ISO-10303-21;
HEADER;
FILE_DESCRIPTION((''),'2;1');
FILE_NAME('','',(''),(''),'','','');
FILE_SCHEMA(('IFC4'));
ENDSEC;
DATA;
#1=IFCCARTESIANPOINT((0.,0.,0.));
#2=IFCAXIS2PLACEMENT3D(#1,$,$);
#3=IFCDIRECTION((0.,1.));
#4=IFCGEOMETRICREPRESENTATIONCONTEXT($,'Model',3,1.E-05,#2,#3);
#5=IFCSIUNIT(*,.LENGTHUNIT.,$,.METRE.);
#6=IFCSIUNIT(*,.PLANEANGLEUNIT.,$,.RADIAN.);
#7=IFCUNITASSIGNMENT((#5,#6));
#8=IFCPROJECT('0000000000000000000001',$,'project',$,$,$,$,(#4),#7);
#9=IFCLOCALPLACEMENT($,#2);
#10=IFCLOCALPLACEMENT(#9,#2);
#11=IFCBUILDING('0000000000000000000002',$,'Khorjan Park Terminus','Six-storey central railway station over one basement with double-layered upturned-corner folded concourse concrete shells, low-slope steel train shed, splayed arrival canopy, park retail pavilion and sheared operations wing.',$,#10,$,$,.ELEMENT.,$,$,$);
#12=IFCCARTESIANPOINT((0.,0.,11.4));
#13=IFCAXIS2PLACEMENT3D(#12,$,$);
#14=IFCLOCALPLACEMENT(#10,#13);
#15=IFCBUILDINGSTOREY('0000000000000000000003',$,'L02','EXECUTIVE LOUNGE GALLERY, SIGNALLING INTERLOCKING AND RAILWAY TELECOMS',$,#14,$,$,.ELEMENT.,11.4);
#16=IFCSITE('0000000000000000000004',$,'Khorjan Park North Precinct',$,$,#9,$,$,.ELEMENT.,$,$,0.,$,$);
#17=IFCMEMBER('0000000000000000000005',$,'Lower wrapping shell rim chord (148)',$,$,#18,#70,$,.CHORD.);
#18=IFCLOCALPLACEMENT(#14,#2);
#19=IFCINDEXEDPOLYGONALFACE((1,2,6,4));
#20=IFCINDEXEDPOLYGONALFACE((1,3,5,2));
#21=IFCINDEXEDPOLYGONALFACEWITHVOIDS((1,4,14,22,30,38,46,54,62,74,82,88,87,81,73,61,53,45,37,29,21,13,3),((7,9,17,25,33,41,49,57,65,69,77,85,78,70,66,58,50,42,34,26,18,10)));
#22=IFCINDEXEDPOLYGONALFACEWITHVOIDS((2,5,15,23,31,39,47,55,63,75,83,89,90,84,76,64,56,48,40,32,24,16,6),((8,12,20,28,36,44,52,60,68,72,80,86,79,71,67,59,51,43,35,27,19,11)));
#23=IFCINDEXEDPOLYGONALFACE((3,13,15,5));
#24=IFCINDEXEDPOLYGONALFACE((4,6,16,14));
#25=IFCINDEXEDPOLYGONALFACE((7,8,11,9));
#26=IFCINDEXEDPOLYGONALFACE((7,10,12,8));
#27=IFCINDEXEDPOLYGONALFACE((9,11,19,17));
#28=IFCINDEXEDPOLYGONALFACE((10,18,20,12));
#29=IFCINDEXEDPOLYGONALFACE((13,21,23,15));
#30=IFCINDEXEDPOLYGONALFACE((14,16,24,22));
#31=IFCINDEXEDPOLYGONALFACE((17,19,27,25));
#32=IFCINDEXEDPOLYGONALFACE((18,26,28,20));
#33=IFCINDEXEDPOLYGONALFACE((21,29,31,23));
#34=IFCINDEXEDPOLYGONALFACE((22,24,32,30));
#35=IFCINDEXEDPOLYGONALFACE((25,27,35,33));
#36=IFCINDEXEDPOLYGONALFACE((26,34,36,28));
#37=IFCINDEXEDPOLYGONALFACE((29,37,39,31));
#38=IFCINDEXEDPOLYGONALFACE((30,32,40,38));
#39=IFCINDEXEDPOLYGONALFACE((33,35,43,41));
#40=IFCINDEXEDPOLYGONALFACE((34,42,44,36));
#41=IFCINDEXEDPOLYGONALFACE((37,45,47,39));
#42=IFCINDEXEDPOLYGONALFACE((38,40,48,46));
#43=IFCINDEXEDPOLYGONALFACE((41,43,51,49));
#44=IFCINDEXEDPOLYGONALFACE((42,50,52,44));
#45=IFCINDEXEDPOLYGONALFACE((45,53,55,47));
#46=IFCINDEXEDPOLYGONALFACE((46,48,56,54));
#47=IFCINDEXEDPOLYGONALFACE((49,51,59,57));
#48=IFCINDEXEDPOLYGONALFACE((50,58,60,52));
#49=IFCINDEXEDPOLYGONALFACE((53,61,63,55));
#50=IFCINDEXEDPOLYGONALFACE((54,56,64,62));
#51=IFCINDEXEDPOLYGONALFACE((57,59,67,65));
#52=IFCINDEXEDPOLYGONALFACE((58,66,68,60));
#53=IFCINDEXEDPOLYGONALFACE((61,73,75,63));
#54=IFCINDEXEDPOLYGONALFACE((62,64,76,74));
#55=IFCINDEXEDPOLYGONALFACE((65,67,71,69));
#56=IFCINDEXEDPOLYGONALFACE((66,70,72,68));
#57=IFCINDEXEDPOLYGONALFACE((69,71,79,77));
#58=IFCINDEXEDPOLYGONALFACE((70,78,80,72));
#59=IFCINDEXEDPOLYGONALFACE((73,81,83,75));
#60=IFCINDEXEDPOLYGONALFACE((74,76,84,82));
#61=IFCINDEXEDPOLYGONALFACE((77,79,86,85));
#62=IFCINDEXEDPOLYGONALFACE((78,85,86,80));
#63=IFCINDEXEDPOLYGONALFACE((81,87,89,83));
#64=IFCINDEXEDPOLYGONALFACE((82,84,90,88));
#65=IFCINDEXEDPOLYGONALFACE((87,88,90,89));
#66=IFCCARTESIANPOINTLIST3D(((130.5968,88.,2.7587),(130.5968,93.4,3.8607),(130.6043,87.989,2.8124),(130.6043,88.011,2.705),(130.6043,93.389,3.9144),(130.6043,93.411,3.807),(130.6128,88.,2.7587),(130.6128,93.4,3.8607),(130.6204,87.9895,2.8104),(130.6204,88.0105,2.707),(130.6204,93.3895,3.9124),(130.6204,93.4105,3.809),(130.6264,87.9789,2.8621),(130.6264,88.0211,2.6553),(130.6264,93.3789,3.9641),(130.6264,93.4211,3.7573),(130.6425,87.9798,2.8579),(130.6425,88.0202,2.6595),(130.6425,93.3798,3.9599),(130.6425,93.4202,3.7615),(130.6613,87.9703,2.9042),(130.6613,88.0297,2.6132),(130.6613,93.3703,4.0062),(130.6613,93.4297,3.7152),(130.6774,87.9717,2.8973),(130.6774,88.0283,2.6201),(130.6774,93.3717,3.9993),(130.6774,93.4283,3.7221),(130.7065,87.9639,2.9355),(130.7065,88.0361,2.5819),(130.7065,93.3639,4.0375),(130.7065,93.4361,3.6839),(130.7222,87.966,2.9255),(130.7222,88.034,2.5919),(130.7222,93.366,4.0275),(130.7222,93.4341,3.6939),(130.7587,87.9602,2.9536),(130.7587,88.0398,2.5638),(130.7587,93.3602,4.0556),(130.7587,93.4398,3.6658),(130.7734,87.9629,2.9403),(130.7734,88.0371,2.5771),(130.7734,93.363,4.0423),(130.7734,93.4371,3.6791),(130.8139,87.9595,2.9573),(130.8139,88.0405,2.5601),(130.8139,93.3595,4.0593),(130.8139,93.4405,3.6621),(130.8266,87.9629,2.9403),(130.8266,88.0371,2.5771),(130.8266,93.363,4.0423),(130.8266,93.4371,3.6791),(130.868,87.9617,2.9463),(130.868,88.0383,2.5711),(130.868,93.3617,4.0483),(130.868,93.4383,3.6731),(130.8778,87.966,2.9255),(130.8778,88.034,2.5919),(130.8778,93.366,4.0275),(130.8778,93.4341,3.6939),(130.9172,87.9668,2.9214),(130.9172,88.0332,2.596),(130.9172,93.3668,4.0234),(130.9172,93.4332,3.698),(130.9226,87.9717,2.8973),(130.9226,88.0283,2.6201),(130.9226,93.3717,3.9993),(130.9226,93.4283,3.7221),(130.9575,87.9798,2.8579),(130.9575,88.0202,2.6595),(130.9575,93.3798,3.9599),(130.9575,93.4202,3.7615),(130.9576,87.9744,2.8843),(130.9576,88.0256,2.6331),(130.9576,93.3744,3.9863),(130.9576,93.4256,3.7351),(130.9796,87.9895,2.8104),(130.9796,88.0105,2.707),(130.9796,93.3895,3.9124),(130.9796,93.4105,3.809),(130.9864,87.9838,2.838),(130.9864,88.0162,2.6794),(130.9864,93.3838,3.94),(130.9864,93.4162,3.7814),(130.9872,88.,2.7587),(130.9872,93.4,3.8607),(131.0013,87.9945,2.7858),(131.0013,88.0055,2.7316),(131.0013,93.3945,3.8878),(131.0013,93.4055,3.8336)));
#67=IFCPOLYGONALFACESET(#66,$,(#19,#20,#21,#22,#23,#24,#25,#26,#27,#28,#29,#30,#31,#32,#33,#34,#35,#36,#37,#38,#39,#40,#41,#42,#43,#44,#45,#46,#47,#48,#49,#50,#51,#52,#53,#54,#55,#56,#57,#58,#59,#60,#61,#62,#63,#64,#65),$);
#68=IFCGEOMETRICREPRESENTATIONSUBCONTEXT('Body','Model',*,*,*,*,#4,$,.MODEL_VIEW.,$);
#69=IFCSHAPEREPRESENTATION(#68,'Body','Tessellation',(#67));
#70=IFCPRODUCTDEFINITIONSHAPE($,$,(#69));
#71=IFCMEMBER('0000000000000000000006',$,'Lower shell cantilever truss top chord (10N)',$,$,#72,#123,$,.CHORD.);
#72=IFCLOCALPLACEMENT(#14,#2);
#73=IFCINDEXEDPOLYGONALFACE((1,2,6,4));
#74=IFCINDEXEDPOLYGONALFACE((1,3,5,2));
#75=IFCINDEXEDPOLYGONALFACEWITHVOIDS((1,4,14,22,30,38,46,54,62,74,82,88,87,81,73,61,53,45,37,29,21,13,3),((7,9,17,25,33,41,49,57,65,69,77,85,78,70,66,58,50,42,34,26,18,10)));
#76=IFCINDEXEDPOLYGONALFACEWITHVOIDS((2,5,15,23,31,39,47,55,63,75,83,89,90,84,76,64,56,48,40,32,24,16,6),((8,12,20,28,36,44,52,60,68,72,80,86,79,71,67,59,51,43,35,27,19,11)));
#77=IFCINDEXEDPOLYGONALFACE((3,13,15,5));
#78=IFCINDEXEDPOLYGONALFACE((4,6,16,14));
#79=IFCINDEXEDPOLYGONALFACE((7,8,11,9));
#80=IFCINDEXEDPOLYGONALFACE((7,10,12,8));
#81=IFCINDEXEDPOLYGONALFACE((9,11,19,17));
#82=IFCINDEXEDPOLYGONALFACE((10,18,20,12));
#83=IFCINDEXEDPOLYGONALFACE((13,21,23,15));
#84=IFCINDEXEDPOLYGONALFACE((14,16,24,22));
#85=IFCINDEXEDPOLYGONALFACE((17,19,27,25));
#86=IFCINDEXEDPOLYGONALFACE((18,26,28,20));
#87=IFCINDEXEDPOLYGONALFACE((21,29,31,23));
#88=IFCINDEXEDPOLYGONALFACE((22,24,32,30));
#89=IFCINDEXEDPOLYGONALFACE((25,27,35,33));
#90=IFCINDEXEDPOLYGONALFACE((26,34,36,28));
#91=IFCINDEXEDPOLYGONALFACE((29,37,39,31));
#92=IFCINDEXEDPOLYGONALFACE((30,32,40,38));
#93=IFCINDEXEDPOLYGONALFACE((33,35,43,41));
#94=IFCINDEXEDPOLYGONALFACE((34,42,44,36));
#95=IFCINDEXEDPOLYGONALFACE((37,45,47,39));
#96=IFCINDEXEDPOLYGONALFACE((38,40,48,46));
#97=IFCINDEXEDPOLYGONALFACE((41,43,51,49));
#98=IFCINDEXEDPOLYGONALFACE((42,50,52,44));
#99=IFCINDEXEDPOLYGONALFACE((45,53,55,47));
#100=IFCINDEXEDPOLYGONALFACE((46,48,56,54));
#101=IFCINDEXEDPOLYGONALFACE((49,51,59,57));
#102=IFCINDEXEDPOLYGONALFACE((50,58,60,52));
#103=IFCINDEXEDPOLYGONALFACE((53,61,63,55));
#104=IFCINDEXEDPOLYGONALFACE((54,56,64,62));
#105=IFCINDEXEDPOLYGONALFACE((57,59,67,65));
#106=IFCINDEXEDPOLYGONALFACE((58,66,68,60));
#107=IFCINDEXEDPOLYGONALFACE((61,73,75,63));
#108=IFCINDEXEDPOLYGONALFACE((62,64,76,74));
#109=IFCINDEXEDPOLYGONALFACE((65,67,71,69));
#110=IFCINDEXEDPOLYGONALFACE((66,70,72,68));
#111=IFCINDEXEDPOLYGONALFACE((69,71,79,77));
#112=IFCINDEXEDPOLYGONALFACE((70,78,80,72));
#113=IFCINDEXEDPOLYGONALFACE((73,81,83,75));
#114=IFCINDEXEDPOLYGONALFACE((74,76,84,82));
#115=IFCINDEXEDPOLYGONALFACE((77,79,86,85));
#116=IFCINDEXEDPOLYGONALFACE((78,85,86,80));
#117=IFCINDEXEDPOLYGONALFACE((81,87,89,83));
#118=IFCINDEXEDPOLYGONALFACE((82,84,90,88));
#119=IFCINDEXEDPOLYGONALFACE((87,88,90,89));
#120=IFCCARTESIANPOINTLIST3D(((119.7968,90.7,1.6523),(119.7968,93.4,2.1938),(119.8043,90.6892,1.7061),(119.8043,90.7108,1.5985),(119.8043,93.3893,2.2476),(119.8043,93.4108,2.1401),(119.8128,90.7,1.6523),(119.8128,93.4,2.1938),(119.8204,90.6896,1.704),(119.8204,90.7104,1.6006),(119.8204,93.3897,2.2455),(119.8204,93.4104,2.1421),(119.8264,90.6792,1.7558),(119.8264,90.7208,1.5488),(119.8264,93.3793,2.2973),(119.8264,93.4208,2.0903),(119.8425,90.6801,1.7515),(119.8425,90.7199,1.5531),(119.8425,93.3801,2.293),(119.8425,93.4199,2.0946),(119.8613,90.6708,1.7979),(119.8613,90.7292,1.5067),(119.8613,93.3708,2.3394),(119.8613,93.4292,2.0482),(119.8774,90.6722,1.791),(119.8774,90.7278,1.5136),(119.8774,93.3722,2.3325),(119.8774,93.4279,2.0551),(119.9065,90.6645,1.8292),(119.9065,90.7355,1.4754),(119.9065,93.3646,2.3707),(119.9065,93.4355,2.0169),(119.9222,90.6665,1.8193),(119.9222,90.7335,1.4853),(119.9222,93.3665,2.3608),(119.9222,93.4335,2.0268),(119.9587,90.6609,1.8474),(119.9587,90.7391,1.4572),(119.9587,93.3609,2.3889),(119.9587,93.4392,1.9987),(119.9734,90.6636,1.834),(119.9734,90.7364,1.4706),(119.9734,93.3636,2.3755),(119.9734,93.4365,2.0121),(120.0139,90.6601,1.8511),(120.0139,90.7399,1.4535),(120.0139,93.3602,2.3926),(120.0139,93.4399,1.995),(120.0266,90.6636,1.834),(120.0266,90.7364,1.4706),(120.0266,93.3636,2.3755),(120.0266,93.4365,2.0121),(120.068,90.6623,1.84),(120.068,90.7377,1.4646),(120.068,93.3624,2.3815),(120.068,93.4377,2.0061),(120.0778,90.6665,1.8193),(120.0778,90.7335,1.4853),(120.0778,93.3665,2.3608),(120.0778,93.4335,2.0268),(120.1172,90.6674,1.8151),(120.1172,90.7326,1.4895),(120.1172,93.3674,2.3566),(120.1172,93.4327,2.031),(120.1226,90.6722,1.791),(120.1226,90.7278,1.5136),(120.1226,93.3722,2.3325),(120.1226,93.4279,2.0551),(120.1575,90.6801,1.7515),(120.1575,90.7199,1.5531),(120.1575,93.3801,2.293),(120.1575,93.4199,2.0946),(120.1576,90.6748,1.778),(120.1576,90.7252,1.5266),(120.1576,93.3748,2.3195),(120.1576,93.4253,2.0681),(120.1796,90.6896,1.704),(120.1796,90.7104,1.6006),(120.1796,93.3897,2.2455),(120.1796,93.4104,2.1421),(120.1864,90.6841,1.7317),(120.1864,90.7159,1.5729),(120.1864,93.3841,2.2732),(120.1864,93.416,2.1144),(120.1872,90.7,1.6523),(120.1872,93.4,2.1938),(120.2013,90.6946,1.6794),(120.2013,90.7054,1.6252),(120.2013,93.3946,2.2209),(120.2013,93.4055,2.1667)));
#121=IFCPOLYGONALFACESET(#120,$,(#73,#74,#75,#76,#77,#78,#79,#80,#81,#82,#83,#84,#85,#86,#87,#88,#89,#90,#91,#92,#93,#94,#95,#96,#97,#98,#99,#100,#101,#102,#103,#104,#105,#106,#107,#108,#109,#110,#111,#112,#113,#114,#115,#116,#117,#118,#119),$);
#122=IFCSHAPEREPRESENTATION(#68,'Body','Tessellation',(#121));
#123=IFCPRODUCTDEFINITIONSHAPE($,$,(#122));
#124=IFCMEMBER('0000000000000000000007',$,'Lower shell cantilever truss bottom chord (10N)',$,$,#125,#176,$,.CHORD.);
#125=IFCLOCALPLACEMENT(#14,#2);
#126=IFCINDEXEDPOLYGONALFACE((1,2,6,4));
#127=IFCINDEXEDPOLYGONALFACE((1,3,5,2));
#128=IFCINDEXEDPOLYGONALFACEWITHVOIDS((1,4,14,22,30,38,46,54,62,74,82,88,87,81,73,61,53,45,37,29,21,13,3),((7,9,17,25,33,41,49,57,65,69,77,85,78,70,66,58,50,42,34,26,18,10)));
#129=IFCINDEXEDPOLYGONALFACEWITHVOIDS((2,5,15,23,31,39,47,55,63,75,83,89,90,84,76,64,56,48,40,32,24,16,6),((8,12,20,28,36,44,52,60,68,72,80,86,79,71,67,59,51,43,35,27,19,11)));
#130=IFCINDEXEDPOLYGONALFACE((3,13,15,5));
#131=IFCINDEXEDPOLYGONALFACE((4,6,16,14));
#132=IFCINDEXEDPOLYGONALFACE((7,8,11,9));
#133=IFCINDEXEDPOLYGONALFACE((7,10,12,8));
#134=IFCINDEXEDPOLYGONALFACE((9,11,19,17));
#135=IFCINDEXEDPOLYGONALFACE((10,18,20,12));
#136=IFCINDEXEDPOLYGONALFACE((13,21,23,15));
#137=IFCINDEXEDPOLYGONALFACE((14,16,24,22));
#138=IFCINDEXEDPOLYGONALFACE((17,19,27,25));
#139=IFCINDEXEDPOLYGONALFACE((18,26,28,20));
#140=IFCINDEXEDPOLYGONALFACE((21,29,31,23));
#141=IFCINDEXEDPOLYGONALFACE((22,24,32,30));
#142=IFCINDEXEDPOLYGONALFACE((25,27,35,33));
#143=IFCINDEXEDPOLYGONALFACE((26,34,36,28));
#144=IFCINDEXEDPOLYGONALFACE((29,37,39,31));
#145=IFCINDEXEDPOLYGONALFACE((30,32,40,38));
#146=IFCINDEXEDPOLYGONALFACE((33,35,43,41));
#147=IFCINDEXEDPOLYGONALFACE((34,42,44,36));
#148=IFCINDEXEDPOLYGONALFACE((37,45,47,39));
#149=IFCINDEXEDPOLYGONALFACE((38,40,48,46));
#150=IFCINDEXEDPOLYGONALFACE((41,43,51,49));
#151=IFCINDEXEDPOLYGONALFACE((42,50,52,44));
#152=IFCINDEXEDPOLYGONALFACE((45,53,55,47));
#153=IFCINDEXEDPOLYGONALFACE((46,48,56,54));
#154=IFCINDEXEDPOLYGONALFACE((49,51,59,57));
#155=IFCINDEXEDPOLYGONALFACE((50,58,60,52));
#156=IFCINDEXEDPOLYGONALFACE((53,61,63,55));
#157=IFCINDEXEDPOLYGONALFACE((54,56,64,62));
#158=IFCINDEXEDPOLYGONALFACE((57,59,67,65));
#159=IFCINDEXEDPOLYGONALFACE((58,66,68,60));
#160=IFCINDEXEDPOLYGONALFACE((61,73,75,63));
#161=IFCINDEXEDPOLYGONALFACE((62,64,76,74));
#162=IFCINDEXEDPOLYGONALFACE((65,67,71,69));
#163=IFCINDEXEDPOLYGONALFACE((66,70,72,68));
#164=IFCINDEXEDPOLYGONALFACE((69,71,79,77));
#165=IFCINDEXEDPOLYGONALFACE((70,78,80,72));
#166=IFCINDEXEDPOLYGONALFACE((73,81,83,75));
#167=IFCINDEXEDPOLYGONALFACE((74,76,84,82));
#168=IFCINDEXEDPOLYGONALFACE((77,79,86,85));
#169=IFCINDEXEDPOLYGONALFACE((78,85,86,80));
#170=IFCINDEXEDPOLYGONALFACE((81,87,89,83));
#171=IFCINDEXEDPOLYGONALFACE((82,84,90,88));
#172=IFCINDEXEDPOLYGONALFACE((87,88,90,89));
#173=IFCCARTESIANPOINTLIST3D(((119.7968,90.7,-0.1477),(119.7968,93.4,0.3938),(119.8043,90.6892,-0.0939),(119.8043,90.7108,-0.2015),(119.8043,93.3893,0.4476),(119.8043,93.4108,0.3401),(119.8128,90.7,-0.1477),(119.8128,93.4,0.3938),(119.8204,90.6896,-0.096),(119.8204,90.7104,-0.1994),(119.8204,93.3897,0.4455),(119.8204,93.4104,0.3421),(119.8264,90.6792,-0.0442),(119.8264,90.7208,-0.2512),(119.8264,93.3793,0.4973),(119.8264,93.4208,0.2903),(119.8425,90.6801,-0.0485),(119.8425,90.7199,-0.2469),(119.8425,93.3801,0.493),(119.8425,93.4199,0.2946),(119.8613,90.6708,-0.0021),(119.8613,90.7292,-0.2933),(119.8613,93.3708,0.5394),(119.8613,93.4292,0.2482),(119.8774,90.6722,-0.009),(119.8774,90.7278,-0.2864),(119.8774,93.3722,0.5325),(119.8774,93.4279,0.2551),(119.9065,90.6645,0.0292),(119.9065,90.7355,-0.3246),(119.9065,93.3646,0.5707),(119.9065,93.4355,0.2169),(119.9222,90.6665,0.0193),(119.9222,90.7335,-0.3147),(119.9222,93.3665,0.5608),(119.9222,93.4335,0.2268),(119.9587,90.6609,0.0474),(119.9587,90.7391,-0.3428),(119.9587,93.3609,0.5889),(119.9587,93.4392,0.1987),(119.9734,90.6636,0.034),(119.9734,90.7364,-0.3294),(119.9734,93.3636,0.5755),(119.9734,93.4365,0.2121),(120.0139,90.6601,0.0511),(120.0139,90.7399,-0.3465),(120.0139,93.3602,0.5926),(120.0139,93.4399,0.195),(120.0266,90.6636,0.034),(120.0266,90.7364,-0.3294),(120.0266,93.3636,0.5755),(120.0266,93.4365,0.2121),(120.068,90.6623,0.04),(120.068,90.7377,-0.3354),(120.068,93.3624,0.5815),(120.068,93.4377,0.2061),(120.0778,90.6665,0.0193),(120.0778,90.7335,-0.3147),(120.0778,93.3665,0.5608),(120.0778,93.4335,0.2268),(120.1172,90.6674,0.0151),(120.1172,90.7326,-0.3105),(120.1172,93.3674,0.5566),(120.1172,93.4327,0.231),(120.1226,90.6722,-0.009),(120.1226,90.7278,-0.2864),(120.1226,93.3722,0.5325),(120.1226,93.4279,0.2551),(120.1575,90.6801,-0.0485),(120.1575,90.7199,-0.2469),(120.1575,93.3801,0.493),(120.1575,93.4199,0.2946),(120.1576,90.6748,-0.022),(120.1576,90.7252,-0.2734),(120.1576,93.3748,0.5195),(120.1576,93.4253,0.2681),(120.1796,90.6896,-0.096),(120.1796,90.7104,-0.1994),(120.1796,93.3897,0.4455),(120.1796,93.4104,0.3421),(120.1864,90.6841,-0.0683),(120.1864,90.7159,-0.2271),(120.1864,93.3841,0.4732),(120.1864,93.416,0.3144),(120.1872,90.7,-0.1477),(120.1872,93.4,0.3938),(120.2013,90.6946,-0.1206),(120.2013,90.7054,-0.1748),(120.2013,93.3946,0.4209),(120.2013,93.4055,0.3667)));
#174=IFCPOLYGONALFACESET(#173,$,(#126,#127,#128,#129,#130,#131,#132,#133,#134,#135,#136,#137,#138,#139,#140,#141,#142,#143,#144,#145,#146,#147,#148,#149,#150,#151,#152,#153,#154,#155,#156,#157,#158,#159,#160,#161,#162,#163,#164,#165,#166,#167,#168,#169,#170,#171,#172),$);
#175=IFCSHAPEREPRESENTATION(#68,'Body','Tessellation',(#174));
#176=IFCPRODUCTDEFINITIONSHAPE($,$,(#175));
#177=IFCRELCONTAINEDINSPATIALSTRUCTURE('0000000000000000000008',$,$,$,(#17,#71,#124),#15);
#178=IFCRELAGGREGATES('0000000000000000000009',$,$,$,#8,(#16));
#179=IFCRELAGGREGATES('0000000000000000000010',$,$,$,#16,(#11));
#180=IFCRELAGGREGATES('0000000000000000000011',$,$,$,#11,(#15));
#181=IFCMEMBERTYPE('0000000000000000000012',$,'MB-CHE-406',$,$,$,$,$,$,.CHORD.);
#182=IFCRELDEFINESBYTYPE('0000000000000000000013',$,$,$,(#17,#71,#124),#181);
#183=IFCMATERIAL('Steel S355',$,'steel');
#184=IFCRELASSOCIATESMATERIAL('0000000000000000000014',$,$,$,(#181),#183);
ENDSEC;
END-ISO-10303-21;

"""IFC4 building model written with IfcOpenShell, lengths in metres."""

from ifc_helpers import new_model, si_unit, direction, frame, origin, origin_2d, place, context, subcontext, project, spatial, hollow_circle, extrude, material, material_profile, profile_set, type_object, element, save


model = new_model("IFC4")

# Units and contexts
model_context = context("Model", 3, precision=1e-05, world=origin(), true_north=direction((0.0, 1.0)))
body_context = subcontext(model_context, "Body", "Model", "MODEL_VIEW")
ifc_project = project(units=[si_unit("LENGTHUNIT", "METRE"), si_unit("PLANEANGLEUNIT", "RADIAN")], contexts=[model_context])

# Site, building, storey
site_placement = place(None, origin())
site = spatial("IfcSite", under=ifc_project, at=site_placement, Name="Khorjan Park North Precinct", CompositionType="ELEMENT", RefElevation=0.0)
building_placement = place(site_placement, origin())
building = spatial("IfcBuilding", under=site, at=building_placement, Name="Khorjan Park Terminus", Description="Six-storey central railway station over one basement with double-layered upturned-corner folded concourse concrete shells, low-slope steel train shed, splayed arrival canopy, park retail pavilion and sheared operations wing.", CompositionType="ELEMENT")
storey_placement = place(building_placement, frame((0.0, 0.0, 11.4)))
storey = spatial("IfcBuildingStorey", under=building, at=storey_placement, Name="L02", Description="EXECUTIVE LOUNGE GALLERY, SIGNALLING INTERLOCKING AND RAILWAY TELECOMS", CompositionType="ELEMENT", Elevation=11.4)

# Members
ifc_material_1 = material(Name="Steel S355", Category="steel")
ifc_material_profile_1 = material_profile(ifc_material_1, hollow_circle(Radius=0.2032, WallThickness=0.016, at=origin_2d()), Name="CHS 406.4x16")
ifc_profile_set_1 = profile_set([ifc_material_profile_1], Name="Steel S355")
member_type_1 = type_object("IfcMemberType", Name="MB-CHE-406", PredefinedType="CHORD", material=ifc_profile_set_1)
member_1_placement = place(storey_placement, frame((130.8, 88.0, 2.7587), z_axis=(0.0, 0.979806, 0.199953), x_axis=(-1.0, 0.0, 0.0)))
element("IfcMember", 1, at=member_1_placement, inside=storey, type_object=member_type_1, Name="Lower wrapping shell rim chord (148)", PredefinedType="CHORD", context=body_context, shape_type="SweptSolid", body=[
    extrude(hollow_circle(Radius=0.2032, WallThickness=0.016, at=origin_2d()), origin(), (0.0, 0.0, 1.0), 5.5113),
])
for number, where, z_axis, x_axis, name in (
    (2, (120.0, 90.7, 1.6523), (0.0, 0.980476, 0.19664), (-1.0, 0.0, 0.0), "Lower shell cantilever truss top chord (10N)"),
    (3, (120.0, 90.7, -0.1477), (0.0, 0.980476, 0.19664), (-1.0, 0.0, 0.0), "Lower shell cantilever truss bottom chord (10N)"),
):
    element("IfcMember", number, at=place(storey_placement, frame(where, z_axis=z_axis, x_axis=x_axis)), inside=storey, type_object=member_type_1, Name=name, PredefinedType="CHORD", context=body_context, shape_type="SweptSolid", body=[
        extrude(hollow_circle(Radius=0.2032, WallThickness=0.016, at=origin_2d()), origin(), (0.0, 0.0, 1.0), 2.7538),
    ])

save(model, "model.ifc")
